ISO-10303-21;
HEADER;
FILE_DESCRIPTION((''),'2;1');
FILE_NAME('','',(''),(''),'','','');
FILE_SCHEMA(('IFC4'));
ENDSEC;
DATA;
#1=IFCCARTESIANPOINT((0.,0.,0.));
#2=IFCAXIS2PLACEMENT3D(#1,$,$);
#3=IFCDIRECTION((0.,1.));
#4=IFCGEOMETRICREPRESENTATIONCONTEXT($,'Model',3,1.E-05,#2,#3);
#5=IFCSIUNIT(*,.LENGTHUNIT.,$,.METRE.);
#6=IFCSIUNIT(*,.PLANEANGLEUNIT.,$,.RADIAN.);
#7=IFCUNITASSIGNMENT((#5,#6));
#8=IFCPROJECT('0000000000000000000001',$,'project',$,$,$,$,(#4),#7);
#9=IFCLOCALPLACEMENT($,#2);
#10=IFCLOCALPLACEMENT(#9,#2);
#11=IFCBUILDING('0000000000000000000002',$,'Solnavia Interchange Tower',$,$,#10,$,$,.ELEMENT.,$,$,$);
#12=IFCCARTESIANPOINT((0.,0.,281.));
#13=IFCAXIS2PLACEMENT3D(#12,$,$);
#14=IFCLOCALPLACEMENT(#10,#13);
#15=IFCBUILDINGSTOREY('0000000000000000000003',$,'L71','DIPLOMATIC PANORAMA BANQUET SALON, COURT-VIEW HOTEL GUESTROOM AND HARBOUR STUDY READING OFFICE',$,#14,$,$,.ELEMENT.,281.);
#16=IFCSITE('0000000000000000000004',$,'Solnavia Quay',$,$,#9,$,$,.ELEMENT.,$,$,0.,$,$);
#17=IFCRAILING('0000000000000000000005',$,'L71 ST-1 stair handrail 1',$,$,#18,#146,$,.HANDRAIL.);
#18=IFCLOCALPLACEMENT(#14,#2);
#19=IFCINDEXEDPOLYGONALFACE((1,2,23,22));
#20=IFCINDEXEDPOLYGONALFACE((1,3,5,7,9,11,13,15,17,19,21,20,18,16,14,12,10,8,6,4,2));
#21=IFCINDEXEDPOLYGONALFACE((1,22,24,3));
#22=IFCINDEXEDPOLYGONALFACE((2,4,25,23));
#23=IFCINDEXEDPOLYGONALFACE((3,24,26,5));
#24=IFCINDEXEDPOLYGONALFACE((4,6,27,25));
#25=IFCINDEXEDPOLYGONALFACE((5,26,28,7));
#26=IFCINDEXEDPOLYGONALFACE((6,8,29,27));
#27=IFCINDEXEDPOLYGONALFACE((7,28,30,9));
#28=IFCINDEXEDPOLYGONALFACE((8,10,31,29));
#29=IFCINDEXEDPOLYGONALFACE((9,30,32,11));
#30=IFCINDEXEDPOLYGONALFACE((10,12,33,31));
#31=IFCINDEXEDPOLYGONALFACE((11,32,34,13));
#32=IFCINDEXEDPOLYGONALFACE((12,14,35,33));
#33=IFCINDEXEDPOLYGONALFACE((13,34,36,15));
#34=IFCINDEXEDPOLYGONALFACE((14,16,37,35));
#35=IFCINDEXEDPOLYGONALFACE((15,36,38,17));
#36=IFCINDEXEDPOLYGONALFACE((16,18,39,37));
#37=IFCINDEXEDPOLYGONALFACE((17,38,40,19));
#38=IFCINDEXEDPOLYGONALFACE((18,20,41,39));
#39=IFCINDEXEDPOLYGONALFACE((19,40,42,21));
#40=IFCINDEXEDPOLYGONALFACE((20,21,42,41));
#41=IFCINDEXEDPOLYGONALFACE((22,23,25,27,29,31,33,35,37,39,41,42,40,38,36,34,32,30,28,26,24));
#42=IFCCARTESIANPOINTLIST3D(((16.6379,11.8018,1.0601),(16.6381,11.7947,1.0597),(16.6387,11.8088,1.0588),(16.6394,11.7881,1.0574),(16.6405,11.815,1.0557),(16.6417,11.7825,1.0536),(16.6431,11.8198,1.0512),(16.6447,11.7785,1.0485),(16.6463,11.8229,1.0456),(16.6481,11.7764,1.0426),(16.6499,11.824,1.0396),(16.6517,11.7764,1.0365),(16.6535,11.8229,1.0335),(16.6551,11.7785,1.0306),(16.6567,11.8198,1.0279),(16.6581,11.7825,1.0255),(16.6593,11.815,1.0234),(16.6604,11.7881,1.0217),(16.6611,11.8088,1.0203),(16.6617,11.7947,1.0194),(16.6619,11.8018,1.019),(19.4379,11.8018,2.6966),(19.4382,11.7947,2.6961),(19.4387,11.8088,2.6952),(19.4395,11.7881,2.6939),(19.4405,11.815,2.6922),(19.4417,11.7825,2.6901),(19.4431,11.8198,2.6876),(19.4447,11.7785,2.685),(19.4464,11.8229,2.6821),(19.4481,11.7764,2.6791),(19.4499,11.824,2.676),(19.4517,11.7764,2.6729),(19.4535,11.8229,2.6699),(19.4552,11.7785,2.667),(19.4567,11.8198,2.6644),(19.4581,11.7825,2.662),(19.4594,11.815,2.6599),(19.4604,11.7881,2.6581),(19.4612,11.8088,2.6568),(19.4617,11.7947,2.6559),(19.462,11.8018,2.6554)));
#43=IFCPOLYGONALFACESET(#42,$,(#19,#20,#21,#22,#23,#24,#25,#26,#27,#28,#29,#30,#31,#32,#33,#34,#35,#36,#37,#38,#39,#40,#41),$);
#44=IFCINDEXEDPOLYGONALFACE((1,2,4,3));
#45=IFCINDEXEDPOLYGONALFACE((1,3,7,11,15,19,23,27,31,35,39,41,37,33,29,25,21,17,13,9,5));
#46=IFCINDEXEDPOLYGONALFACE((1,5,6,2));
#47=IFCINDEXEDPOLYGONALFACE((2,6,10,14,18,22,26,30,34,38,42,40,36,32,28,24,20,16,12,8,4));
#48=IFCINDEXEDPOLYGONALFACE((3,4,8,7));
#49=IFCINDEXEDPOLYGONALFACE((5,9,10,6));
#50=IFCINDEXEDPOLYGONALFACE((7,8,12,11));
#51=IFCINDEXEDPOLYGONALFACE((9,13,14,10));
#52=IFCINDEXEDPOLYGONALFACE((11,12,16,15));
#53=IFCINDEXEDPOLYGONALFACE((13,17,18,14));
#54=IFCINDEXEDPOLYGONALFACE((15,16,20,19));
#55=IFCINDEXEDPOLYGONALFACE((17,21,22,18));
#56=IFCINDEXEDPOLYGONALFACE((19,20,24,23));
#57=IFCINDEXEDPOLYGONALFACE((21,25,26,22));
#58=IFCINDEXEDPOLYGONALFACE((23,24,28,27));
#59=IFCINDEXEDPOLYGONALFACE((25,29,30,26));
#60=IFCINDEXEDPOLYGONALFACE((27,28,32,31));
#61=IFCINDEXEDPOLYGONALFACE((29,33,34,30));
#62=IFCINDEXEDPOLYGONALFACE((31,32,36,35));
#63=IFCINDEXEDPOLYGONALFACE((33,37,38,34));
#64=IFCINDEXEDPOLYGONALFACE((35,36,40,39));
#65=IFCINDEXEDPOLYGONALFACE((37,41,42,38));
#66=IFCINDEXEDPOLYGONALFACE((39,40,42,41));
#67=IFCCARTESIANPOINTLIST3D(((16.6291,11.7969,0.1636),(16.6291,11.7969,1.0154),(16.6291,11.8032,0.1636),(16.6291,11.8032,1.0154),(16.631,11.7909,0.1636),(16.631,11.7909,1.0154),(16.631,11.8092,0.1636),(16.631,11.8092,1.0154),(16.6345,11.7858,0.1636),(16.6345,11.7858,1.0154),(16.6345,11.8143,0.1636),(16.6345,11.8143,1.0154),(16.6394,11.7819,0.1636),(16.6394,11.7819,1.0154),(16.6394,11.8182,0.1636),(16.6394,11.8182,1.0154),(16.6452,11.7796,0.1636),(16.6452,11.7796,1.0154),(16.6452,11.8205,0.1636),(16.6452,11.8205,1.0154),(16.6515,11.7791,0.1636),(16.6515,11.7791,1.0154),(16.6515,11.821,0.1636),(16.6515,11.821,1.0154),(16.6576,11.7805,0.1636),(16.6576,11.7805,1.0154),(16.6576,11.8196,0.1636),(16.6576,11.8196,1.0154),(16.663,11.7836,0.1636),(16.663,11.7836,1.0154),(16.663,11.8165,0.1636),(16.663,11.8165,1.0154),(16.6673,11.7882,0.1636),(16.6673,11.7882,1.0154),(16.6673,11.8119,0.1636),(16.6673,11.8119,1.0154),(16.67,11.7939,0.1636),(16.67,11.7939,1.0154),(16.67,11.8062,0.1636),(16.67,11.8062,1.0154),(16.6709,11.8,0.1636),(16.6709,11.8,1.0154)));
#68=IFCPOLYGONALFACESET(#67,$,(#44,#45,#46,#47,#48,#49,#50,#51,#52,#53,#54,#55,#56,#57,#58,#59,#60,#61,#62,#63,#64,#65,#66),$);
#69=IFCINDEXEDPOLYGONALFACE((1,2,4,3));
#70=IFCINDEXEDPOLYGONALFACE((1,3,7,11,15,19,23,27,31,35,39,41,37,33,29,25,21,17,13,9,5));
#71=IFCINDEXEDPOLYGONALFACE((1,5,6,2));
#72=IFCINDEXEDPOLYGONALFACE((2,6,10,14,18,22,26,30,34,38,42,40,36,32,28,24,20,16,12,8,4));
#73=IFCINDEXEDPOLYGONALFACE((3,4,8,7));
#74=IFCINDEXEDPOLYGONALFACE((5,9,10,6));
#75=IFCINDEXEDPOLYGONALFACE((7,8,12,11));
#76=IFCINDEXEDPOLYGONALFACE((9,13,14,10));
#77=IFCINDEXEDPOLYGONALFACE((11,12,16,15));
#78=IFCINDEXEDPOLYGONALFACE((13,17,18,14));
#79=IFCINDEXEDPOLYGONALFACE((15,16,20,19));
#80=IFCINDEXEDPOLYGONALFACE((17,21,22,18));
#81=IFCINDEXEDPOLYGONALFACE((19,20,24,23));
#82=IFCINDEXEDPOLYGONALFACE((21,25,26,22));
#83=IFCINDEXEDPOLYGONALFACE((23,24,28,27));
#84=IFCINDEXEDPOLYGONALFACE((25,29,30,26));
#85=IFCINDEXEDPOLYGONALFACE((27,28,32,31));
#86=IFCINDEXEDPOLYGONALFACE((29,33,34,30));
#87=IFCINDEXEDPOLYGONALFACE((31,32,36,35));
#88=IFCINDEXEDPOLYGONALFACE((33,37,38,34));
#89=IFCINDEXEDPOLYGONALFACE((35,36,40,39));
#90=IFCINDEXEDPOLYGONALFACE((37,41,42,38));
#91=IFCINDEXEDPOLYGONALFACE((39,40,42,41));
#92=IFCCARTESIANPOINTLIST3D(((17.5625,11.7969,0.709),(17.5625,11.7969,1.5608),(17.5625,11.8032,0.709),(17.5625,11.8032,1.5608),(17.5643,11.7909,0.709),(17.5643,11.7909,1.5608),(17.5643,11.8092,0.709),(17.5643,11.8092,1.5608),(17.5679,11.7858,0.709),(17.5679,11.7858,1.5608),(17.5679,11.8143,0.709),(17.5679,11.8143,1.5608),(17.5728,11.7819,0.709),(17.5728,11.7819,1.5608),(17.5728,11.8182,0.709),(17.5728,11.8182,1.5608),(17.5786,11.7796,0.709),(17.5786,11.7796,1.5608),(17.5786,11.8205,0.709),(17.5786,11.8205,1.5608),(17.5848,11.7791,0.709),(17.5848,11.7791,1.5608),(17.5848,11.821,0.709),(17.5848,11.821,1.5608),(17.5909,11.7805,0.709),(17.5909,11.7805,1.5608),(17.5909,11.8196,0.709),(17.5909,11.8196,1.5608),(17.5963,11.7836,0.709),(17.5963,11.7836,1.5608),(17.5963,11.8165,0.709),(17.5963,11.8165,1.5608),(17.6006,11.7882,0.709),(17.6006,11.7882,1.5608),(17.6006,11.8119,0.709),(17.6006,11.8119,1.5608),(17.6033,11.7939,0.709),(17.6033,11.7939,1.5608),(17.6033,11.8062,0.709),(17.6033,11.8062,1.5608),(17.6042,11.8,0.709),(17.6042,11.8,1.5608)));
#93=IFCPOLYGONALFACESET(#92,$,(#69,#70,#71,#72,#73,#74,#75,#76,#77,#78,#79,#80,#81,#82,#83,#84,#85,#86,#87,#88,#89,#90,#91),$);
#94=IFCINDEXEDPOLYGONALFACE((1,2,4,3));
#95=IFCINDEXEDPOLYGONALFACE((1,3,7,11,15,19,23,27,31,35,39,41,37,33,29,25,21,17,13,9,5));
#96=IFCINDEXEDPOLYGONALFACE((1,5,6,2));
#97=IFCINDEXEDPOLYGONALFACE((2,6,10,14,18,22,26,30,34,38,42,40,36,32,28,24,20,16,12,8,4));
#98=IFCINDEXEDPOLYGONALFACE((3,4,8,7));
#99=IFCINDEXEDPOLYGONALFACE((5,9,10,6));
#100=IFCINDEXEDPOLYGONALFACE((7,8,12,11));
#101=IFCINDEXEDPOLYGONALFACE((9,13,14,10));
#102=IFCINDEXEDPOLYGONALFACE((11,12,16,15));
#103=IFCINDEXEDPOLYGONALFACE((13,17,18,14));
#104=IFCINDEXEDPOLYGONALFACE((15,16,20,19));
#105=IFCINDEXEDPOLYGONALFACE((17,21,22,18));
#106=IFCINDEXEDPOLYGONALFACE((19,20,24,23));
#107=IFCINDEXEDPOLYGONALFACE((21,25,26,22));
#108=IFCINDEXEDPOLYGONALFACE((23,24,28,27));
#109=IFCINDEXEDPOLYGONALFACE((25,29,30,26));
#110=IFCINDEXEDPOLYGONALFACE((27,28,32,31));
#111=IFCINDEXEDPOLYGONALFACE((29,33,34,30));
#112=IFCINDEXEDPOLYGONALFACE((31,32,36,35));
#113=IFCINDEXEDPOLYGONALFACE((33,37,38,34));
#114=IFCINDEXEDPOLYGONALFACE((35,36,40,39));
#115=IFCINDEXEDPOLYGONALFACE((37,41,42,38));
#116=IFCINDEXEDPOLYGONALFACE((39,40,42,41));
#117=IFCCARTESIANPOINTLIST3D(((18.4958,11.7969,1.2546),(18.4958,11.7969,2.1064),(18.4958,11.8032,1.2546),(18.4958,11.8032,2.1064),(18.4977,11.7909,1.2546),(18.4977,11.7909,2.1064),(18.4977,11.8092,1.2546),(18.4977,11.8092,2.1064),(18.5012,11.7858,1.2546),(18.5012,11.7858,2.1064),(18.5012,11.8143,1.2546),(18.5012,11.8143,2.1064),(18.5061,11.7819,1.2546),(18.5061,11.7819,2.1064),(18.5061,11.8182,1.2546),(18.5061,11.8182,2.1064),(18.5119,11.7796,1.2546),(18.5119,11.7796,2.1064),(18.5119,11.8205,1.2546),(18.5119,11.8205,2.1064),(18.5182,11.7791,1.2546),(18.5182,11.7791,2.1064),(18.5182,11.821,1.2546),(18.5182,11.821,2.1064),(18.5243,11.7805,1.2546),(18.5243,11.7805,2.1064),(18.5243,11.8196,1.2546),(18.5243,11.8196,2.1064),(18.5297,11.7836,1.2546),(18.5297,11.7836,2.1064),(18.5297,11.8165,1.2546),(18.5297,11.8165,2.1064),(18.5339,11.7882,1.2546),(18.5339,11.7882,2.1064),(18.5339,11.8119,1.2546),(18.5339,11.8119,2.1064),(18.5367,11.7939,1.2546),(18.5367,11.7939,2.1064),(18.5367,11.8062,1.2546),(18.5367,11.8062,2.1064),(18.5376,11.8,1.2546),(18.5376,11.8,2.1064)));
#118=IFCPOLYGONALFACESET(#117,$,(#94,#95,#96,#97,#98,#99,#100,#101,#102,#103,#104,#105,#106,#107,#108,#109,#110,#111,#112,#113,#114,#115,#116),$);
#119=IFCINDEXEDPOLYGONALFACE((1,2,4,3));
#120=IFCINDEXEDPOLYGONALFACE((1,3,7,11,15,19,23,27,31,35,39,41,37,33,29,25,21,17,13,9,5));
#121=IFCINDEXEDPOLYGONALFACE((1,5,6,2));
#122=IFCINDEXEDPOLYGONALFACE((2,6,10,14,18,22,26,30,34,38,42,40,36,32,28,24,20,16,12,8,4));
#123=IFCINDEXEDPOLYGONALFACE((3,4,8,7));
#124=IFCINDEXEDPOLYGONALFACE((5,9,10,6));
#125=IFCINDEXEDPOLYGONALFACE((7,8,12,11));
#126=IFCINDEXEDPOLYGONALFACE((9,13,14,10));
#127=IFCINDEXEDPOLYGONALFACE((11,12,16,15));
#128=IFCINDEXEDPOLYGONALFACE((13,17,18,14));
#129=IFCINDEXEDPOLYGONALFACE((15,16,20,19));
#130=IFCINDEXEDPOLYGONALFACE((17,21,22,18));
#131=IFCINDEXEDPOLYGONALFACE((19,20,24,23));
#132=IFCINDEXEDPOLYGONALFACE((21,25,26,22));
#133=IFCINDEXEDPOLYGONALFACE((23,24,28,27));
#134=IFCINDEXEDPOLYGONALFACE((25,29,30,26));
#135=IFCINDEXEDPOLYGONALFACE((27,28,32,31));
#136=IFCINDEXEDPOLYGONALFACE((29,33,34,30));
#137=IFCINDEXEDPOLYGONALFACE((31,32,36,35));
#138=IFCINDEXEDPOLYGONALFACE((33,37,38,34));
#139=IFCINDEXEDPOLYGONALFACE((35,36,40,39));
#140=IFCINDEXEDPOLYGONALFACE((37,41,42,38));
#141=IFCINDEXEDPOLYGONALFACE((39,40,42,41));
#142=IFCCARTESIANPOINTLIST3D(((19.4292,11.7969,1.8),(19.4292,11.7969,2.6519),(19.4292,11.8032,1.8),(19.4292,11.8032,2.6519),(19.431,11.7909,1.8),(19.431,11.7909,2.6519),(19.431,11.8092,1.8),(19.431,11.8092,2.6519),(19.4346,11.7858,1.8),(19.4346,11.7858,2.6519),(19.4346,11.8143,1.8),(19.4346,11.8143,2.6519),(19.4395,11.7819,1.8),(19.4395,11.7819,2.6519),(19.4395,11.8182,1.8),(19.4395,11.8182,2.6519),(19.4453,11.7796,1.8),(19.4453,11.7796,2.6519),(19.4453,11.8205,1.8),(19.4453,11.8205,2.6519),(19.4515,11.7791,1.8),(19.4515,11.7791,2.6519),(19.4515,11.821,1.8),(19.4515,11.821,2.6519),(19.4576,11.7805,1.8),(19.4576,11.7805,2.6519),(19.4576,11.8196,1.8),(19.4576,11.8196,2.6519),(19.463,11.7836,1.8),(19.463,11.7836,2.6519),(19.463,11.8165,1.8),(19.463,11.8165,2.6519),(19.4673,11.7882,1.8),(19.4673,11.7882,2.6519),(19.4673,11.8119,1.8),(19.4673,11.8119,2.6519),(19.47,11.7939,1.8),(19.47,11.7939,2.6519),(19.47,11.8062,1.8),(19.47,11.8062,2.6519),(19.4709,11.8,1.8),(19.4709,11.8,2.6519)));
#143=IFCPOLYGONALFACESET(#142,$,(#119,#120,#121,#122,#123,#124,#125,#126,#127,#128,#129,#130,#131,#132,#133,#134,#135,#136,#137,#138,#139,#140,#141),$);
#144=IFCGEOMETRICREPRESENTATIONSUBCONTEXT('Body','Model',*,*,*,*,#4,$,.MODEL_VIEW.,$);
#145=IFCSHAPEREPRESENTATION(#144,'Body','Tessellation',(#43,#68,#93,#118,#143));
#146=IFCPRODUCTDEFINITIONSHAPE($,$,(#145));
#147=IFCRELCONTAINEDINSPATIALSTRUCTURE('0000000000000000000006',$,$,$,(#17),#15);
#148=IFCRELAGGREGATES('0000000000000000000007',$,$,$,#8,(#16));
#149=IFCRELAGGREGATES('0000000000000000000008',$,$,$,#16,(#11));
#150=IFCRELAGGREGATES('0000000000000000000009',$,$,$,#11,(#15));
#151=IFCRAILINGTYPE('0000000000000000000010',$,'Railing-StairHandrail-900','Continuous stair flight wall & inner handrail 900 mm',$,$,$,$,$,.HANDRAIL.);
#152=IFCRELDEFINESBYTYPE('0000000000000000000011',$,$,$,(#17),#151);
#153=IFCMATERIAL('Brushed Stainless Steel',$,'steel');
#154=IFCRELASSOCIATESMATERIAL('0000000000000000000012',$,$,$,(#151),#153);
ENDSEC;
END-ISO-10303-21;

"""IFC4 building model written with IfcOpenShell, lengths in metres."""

from ifc_helpers import new_model, si_unit, direction, frame, origin, origin_2d, place, context, subcontext, project, spatial, circle, extrude, material, type_object, element, save


model = new_model("IFC4")

# Units and contexts
model_context = context("Model", 3, precision=1e-05, world=origin(), true_north=direction((0.0, 1.0)))
body_context = subcontext(model_context, "Body", "Model", "MODEL_VIEW")
ifc_project = project(units=[si_unit("LENGTHUNIT", "METRE"), si_unit("PLANEANGLEUNIT", "RADIAN")], contexts=[model_context])

# Site, building, storey
site_placement = place(None, origin())
site = spatial("IfcSite", under=ifc_project, at=site_placement, Name="Solnavia Quay", CompositionType="ELEMENT", RefElevation=0.0)
building_placement = place(site_placement, origin())
building = spatial("IfcBuilding", under=site, at=building_placement, Name="Solnavia Interchange Tower", CompositionType="ELEMENT")
storey_placement = place(building_placement, frame((0.0, 0.0, 281.0)))
storey = spatial("IfcBuildingStorey", under=building, at=storey_placement, Name="L71", Description="DIPLOMATIC PANORAMA BANQUET SALON, COURT-VIEW HOTEL GUESTROOM AND HARBOUR STUDY READING OFFICE", CompositionType="ELEMENT", Elevation=281.0)

# Railing
ifc_material_1 = material(Name="Brushed Stainless Steel", Category="steel")
railing_type_1 = type_object("IfcRailingType", Name="Railing-StairHandrail-900", Description="Continuous stair flight wall & inner handrail 900 mm", PredefinedType="HANDRAIL", material=ifc_material_1)
railing_1_placement = place(storey_placement, frame((16.6499, 11.8, 0.1636)))
element("IfcRailing", 1, at=railing_1_placement, inside=storey, type_object=railing_type_1, Name="L71 ST-1 stair handrail 1", PredefinedType="HANDRAIL", context=body_context, shape_type="SweptSolid", body=[
    extrude(circle(Radius=0.0239, at=origin_2d()), frame((0.0, 0.0, 0.876), z_axis=(0.863361, 0.0, 0.504587), x_axis=(0.0, 1.0, 0.0)), (0.0, 0.0, 1.0), 3.2432),
    extrude(circle(Radius=0.021, at=origin_2d()), origin(), (0.0, 0.0, 1.0), 0.8518),
    extrude(circle(Radius=0.021, at=origin_2d()), frame((0.9333, 0.0, 0.5454)), (0.0, 0.0, 1.0), 0.8518),
    extrude(circle(Radius=0.021, at=origin_2d()), frame((1.8667, 0.0, 1.0911)), (0.0, 0.0, 1.0), 0.8518),
    extrude(circle(Radius=0.021, at=origin_2d()), frame((2.8, 0.0, 1.6365)), (0.0, 0.0, 1.0), 0.8518),
])

save(model, "model.ifc")
